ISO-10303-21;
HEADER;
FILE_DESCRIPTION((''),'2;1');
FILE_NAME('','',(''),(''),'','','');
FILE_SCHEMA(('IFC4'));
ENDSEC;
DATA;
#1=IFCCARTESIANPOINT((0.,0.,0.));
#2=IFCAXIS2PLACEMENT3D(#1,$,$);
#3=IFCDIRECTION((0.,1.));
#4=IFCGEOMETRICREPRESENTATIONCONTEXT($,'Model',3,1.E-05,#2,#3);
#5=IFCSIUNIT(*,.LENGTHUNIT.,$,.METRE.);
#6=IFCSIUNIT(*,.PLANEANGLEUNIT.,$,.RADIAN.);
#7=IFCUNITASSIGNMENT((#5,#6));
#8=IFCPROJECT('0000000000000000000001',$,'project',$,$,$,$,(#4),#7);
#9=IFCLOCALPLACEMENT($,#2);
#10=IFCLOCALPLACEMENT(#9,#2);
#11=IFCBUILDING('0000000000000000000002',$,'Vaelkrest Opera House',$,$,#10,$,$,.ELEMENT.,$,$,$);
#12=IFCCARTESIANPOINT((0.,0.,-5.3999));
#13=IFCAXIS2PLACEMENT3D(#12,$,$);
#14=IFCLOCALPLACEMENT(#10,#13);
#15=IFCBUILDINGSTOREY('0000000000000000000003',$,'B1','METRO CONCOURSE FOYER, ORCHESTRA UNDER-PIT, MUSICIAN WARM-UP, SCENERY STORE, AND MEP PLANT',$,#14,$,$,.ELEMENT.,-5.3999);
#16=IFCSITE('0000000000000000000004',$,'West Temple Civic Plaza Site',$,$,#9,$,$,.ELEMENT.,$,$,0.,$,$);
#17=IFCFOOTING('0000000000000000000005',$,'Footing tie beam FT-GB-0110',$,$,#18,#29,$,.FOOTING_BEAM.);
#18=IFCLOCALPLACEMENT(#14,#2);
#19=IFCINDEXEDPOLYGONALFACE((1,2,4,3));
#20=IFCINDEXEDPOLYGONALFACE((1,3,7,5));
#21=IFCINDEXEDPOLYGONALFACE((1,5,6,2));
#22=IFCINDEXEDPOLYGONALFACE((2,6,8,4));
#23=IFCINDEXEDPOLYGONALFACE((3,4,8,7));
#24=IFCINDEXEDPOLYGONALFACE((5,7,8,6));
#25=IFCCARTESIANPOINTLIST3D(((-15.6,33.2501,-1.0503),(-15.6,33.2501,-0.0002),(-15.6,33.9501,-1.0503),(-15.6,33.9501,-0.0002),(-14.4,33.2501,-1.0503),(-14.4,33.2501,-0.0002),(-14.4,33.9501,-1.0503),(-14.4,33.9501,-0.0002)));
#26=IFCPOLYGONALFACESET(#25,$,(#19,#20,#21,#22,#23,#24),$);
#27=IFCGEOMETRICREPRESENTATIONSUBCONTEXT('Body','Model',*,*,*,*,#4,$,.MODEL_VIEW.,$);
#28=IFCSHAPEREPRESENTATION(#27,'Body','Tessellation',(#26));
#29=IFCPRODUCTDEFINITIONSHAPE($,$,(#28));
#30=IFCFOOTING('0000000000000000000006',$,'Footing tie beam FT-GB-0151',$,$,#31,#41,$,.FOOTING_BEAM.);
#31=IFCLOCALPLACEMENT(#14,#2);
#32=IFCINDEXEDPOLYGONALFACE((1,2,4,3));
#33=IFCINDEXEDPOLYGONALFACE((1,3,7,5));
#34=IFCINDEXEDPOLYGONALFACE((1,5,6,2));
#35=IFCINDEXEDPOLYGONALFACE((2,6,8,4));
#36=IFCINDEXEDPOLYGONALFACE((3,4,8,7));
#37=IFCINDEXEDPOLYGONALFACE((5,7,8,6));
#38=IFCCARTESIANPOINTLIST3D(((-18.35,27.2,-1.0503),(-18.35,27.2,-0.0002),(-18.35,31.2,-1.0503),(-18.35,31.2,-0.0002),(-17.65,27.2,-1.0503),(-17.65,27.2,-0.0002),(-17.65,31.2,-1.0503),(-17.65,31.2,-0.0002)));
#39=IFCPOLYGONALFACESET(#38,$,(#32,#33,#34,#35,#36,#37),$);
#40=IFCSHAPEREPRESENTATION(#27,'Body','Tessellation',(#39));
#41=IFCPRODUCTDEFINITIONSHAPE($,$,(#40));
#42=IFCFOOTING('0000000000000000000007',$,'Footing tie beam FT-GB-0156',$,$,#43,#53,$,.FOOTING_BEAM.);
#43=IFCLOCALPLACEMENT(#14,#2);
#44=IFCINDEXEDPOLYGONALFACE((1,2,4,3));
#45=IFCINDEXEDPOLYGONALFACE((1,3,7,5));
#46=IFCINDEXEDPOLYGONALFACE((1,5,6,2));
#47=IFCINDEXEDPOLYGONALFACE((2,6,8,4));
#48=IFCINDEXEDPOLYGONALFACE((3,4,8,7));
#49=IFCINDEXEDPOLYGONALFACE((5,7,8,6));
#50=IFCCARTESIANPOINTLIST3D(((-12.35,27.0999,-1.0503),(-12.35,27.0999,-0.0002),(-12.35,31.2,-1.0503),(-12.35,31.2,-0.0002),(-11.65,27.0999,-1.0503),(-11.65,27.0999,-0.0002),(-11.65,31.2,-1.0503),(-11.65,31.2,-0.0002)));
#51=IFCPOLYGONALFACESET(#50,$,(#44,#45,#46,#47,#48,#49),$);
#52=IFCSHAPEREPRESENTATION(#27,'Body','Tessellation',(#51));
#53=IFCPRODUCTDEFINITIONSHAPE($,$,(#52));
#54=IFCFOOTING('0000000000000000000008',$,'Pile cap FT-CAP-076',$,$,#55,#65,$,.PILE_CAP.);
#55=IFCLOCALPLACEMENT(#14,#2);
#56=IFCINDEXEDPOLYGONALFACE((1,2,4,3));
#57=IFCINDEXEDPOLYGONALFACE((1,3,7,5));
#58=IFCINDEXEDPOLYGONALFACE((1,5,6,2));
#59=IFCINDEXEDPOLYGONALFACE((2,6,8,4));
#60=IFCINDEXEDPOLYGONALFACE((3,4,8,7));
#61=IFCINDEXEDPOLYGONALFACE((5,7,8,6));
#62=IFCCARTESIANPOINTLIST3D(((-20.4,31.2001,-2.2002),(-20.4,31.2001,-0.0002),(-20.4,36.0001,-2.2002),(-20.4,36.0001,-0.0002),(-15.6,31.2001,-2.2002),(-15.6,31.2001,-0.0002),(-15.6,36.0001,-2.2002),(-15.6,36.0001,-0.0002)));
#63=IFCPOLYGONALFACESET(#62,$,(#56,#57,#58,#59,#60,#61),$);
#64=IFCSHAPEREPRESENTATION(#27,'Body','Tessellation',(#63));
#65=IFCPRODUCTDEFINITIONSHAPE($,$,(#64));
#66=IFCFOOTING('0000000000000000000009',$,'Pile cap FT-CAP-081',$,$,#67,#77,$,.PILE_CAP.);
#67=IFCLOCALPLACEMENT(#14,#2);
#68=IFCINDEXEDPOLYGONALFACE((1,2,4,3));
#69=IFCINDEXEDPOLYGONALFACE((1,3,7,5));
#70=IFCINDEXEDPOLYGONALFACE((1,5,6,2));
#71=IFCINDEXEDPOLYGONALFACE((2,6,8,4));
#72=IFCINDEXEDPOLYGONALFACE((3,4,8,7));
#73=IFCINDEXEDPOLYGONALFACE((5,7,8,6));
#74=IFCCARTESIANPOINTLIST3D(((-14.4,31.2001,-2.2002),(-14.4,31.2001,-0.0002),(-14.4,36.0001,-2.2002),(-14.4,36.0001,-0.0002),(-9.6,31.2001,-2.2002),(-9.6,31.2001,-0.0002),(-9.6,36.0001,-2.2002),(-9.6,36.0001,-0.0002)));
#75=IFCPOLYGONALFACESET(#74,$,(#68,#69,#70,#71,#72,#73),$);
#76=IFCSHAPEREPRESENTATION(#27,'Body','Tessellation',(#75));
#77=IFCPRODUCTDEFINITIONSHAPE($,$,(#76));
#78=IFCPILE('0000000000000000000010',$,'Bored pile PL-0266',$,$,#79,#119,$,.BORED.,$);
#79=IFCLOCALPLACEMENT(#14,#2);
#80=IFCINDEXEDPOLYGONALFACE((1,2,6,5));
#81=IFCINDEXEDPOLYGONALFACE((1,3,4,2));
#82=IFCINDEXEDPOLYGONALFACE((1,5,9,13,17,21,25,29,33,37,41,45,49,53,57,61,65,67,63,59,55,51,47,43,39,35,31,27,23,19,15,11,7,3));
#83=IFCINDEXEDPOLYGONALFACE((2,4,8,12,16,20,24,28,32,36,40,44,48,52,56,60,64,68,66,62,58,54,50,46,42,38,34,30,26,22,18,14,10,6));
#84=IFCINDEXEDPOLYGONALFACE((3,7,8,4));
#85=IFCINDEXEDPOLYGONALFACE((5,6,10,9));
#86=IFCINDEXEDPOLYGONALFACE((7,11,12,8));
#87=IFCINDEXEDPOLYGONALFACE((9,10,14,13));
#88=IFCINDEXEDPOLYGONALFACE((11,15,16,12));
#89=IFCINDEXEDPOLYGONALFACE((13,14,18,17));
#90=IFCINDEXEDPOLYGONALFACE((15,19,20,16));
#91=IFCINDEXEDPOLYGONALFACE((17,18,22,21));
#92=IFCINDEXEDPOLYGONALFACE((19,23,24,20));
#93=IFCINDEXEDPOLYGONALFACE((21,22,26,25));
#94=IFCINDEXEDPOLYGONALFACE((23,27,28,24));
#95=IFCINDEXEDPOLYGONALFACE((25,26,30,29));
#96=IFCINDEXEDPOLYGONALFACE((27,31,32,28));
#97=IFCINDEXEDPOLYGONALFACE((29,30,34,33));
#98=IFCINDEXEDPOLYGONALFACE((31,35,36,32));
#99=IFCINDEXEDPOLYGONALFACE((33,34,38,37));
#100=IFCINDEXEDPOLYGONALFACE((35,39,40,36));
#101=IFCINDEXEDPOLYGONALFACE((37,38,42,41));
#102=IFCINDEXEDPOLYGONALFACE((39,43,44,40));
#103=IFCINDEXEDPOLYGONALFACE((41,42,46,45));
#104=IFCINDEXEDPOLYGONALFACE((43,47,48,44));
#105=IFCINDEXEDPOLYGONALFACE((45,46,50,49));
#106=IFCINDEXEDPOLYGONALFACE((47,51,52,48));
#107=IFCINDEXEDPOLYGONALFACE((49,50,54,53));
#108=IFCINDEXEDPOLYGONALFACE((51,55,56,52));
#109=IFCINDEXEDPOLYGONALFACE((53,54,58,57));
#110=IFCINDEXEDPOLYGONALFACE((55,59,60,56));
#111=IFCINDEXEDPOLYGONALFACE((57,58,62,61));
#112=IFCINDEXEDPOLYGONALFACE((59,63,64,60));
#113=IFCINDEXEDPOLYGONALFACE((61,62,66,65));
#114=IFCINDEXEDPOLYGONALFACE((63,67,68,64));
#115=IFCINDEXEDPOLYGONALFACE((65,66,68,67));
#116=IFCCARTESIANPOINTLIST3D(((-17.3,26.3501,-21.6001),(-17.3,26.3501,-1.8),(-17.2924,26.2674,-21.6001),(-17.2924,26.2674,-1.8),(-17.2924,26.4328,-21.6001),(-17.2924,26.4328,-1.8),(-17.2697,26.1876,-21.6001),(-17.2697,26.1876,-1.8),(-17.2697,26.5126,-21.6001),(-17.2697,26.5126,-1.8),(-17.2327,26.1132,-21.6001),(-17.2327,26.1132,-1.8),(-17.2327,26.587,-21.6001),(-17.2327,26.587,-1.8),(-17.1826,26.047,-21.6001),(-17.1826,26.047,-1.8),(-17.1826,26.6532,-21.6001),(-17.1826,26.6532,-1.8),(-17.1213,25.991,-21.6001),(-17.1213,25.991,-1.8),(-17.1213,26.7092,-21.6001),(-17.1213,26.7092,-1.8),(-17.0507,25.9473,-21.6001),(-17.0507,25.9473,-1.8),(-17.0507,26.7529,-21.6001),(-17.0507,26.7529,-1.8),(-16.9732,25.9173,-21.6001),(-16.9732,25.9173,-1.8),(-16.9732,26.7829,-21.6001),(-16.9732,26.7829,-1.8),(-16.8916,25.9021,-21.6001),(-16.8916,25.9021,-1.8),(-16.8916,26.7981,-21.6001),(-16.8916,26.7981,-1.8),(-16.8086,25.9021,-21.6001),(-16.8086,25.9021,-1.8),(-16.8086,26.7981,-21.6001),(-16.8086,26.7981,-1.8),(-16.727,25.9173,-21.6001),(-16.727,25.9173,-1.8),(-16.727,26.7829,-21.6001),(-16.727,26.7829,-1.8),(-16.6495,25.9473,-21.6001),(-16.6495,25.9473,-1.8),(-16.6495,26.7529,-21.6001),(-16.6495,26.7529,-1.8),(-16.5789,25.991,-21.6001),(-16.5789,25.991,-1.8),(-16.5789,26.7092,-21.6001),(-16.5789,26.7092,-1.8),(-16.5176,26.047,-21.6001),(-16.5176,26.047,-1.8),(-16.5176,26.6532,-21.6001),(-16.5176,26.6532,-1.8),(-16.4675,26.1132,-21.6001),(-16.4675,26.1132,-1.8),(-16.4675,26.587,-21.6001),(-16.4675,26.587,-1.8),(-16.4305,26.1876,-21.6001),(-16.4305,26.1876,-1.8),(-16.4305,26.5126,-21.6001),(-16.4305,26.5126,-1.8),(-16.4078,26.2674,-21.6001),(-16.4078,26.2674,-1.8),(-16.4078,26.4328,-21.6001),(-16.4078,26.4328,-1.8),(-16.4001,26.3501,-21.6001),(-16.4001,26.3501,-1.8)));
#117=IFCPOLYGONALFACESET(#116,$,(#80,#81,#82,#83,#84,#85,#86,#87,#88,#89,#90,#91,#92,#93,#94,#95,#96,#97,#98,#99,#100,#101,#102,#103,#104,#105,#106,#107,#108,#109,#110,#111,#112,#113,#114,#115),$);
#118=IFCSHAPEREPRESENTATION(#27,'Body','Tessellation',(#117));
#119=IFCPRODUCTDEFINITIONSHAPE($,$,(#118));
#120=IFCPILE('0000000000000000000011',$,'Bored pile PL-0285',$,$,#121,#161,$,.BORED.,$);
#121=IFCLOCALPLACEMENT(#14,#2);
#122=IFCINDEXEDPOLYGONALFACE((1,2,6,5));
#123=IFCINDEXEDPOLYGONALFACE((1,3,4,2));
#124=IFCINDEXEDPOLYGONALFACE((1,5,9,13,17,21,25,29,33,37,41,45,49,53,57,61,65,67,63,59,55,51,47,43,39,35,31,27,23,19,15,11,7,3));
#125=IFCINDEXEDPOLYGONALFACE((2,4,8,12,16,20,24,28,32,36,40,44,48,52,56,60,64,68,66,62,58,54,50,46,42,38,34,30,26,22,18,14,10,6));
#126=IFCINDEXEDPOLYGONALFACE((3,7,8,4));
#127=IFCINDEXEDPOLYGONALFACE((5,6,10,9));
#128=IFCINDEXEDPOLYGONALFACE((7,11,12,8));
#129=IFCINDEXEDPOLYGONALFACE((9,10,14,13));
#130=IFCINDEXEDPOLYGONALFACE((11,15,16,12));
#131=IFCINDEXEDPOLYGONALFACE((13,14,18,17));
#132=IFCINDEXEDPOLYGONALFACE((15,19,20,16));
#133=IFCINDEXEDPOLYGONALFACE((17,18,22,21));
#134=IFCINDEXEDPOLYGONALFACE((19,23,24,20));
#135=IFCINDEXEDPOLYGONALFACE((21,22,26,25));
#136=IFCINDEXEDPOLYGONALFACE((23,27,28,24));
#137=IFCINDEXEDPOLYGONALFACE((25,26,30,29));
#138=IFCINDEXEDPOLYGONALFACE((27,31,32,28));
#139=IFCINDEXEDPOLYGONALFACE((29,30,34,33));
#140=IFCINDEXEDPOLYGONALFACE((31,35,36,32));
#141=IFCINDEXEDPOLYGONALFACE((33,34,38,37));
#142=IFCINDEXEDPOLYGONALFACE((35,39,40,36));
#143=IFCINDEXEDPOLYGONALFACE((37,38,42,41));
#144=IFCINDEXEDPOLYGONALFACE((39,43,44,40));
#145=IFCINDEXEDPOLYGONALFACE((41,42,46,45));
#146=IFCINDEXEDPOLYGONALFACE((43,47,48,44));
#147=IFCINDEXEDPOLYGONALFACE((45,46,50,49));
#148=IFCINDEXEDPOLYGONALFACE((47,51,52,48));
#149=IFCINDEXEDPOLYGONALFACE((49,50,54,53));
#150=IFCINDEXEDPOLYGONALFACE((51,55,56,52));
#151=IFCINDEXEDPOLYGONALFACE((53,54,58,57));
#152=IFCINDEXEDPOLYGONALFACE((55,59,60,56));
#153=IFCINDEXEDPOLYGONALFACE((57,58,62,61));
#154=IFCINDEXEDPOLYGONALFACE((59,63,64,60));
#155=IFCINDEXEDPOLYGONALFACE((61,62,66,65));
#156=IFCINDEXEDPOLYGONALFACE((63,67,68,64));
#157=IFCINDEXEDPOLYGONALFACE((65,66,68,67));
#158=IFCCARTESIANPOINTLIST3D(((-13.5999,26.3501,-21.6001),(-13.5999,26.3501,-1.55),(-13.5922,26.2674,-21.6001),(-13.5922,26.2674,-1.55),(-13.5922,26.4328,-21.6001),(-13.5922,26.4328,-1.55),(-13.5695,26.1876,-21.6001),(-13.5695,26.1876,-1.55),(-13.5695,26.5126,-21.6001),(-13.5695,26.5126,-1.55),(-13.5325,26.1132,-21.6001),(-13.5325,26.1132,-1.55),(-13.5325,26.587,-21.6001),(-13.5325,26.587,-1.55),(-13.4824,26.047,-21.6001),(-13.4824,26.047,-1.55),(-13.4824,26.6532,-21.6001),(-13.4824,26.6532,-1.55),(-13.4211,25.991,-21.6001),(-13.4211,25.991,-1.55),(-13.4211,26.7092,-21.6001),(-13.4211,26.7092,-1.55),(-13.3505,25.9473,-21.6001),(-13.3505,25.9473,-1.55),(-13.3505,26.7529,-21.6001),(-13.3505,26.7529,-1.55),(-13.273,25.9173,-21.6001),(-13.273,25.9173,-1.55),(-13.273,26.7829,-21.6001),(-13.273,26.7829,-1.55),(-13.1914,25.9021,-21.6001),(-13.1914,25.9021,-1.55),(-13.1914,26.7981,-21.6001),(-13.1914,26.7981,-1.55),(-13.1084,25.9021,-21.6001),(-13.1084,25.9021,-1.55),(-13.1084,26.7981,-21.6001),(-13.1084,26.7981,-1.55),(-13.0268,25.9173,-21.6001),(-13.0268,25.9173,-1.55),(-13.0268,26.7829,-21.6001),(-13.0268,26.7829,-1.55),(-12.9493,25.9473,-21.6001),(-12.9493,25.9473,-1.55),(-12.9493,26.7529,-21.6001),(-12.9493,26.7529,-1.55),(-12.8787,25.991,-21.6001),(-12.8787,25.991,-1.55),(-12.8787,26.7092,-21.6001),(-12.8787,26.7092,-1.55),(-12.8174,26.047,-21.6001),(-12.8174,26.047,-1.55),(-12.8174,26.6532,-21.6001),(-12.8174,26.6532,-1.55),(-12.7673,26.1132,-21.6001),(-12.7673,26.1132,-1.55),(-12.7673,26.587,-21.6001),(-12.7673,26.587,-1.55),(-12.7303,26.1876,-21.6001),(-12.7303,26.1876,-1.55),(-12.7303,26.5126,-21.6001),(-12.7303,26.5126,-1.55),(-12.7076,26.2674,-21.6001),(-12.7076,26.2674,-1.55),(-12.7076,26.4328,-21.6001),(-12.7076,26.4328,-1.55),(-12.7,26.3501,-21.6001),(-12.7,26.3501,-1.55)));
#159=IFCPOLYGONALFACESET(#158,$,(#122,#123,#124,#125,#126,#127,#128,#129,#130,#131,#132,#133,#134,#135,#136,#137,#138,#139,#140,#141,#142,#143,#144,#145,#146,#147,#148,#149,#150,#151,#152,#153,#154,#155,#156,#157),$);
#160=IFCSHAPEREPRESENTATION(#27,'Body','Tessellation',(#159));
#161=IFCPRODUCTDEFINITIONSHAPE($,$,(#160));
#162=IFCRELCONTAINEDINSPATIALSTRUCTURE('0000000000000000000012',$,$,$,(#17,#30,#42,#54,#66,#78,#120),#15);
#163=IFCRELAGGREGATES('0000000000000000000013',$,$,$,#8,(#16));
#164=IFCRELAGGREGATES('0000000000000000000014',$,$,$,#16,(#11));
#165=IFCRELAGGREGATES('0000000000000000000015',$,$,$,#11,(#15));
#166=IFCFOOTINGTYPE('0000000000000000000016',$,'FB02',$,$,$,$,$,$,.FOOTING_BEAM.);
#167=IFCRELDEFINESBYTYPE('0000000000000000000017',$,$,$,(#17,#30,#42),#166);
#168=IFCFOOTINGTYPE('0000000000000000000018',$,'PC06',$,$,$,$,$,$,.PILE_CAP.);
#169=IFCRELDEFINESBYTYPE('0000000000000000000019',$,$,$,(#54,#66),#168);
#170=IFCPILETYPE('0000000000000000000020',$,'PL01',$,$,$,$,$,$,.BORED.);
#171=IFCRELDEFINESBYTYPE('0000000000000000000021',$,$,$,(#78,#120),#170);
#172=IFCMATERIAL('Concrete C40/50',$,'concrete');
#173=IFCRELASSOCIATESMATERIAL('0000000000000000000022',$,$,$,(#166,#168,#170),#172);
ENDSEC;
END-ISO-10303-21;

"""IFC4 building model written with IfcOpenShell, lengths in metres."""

from ifc_helpers import new_model, si_unit, direction, frame, origin, origin_2d, place, context, subcontext, project, spatial, rectangle, circle, extrude, material, material_profile, profile_set, type_object, element, save


model = new_model("IFC4")

# Units and contexts
model_context = context("Model", 3, precision=1e-05, world=origin(), true_north=direction((0.0, 1.0)))
body_context = subcontext(model_context, "Body", "Model", "MODEL_VIEW")
ifc_project = project(units=[si_unit("LENGTHUNIT", "METRE"), si_unit("PLANEANGLEUNIT", "RADIAN")], contexts=[model_context])

# Site, building, storey
site_placement = place(None, origin())
site = spatial("IfcSite", under=ifc_project, at=site_placement, Name="West Temple Civic Plaza Site", CompositionType="ELEMENT", RefElevation=0.0)
building_placement = place(site_placement, origin())
building = spatial("IfcBuilding", under=site, at=building_placement, Name="Vaelkrest Opera House", CompositionType="ELEMENT")
storey_placement = place(building_placement, frame((0.0, 0.0, -5.3999)))
storey = spatial("IfcBuildingStorey", under=building, at=storey_placement, Name="B1", Description="METRO CONCOURSE FOYER, ORCHESTRA UNDER-PIT, MUSICIAN WARM-UP, SCENERY STORE, AND MEP PLANT", CompositionType="ELEMENT", Elevation=-5.3999)

# Footings
ifc_material_1 = material(Name="Concrete C40/50", Category="concrete")
footing_type_1 = type_object("IfcFootingType", Name="FB02", PredefinedType="FOOTING_BEAM", material=ifc_material_1)
footing_1_placement = place(storey_placement, frame((-15.0, 33.6001, -1.0503), z_axis=(0.0, 0.0, 1.0), x_axis=(1.0, 0.0, 0.0)))
element("IfcFooting", 1, at=footing_1_placement, inside=storey, type_object=footing_type_1, Name="Footing tie beam FT-GB-0110", PredefinedType="FOOTING_BEAM", context=body_context, shape_type="SweptSolid", body=[
    extrude(rectangle(XDim=1.2, YDim=0.7, at=origin_2d()), origin(), (0.0, 0.0, 1.0), 1.05),
])
footing_2_placement = place(storey_placement, frame((-18.0, 29.2, -1.0503), z_axis=(0.0, 0.0, 1.0), x_axis=(0.0, 1.0, 0.0)))
element("IfcFooting", 2, at=footing_2_placement, inside=storey, type_object=footing_type_1, Name="Footing tie beam FT-GB-0151", PredefinedType="FOOTING_BEAM", context=body_context, shape_type="SweptSolid", body=[
    extrude(rectangle(XDim=4.0, YDim=0.7, at=origin_2d()), origin(), (0.0, 0.0, 1.0), 1.05),
])
footing_3_placement = place(storey_placement, frame((-12.0, 29.1499, -1.0503), z_axis=(0.0, 0.0, 1.0), x_axis=(0.0, 1.0, 0.0)))
element("IfcFooting", 3, at=footing_3_placement, inside=storey, type_object=footing_type_1, Name="Footing tie beam FT-GB-0156", PredefinedType="FOOTING_BEAM", context=body_context, shape_type="SweptSolid", body=[
    extrude(rectangle(XDim=4.1001, YDim=0.7, at=origin_2d()), origin(), (0.0, 0.0, 1.0), 1.05),
])
footing_type_2 = type_object("IfcFootingType", Name="PC06", PredefinedType="PILE_CAP", material=ifc_material_1)
for number, where, z_axis, x_axis, name in (
    (4, (-18.0, 33.6001, -2.2002), (0.0, 0.0, 1.0), (1.0, 0.0, 0.0), "Pile cap FT-CAP-076"),
    (5, (-12.0, 33.6001, -2.2002), (0.0, 0.0, 1.0), (1.0, 0.0, 0.0), "Pile cap FT-CAP-081"),
):
    element("IfcFooting", number, at=place(storey_placement, frame(where, z_axis=z_axis, x_axis=x_axis)), inside=storey, type_object=footing_type_2, Name=name, PredefinedType="PILE_CAP", context=body_context, shape_type="SweptSolid", body=[
        extrude(rectangle(XDim=4.8, YDim=4.8, at=origin_2d()), origin(), (0.0, 0.0, 1.0), 2.2),
    ])

# Piles
ifc_material_profile_1 = material_profile(ifc_material_1, circle(Radius=0.45, at=origin_2d()), Name="PILE900")
ifc_profile_set_1 = profile_set([ifc_material_profile_1], Name="Concrete C40/50")
pile_type_1 = type_object("IfcPileType", Name="PL01", PredefinedType="BORED", material=ifc_profile_set_1)
pile_1_placement = place(storey_placement, frame((-16.8501, 26.3501, -1.8), z_axis=(0.0, 0.0, -1.0), x_axis=(1.0, 0.0, 0.0)))
element("IfcPile", 6, at=pile_1_placement, inside=storey, type_object=pile_type_1, Name="Bored pile PL-0266", PredefinedType="BORED", context=body_context, shape_type="SweptSolid", body=[
    extrude(circle(Radius=0.45, at=origin_2d()), origin(), (0.0, 0.0, 1.0), 19.8),
])
pile_2_placement = place(storey_placement, frame((-13.1499, 26.3501, -1.55), z_axis=(0.0, 0.0, -1.0), x_axis=(1.0, 0.0, 0.0)))
element("IfcPile", 7, at=pile_2_placement, inside=storey, type_object=pile_type_1, Name="Bored pile PL-0285", PredefinedType="BORED", context=body_context, shape_type="SweptSolid", body=[
    extrude(circle(Radius=0.45, at=origin_2d()), origin(), (0.0, 0.0, 1.0), 20.05),
])

save(model, "model.ifc")
